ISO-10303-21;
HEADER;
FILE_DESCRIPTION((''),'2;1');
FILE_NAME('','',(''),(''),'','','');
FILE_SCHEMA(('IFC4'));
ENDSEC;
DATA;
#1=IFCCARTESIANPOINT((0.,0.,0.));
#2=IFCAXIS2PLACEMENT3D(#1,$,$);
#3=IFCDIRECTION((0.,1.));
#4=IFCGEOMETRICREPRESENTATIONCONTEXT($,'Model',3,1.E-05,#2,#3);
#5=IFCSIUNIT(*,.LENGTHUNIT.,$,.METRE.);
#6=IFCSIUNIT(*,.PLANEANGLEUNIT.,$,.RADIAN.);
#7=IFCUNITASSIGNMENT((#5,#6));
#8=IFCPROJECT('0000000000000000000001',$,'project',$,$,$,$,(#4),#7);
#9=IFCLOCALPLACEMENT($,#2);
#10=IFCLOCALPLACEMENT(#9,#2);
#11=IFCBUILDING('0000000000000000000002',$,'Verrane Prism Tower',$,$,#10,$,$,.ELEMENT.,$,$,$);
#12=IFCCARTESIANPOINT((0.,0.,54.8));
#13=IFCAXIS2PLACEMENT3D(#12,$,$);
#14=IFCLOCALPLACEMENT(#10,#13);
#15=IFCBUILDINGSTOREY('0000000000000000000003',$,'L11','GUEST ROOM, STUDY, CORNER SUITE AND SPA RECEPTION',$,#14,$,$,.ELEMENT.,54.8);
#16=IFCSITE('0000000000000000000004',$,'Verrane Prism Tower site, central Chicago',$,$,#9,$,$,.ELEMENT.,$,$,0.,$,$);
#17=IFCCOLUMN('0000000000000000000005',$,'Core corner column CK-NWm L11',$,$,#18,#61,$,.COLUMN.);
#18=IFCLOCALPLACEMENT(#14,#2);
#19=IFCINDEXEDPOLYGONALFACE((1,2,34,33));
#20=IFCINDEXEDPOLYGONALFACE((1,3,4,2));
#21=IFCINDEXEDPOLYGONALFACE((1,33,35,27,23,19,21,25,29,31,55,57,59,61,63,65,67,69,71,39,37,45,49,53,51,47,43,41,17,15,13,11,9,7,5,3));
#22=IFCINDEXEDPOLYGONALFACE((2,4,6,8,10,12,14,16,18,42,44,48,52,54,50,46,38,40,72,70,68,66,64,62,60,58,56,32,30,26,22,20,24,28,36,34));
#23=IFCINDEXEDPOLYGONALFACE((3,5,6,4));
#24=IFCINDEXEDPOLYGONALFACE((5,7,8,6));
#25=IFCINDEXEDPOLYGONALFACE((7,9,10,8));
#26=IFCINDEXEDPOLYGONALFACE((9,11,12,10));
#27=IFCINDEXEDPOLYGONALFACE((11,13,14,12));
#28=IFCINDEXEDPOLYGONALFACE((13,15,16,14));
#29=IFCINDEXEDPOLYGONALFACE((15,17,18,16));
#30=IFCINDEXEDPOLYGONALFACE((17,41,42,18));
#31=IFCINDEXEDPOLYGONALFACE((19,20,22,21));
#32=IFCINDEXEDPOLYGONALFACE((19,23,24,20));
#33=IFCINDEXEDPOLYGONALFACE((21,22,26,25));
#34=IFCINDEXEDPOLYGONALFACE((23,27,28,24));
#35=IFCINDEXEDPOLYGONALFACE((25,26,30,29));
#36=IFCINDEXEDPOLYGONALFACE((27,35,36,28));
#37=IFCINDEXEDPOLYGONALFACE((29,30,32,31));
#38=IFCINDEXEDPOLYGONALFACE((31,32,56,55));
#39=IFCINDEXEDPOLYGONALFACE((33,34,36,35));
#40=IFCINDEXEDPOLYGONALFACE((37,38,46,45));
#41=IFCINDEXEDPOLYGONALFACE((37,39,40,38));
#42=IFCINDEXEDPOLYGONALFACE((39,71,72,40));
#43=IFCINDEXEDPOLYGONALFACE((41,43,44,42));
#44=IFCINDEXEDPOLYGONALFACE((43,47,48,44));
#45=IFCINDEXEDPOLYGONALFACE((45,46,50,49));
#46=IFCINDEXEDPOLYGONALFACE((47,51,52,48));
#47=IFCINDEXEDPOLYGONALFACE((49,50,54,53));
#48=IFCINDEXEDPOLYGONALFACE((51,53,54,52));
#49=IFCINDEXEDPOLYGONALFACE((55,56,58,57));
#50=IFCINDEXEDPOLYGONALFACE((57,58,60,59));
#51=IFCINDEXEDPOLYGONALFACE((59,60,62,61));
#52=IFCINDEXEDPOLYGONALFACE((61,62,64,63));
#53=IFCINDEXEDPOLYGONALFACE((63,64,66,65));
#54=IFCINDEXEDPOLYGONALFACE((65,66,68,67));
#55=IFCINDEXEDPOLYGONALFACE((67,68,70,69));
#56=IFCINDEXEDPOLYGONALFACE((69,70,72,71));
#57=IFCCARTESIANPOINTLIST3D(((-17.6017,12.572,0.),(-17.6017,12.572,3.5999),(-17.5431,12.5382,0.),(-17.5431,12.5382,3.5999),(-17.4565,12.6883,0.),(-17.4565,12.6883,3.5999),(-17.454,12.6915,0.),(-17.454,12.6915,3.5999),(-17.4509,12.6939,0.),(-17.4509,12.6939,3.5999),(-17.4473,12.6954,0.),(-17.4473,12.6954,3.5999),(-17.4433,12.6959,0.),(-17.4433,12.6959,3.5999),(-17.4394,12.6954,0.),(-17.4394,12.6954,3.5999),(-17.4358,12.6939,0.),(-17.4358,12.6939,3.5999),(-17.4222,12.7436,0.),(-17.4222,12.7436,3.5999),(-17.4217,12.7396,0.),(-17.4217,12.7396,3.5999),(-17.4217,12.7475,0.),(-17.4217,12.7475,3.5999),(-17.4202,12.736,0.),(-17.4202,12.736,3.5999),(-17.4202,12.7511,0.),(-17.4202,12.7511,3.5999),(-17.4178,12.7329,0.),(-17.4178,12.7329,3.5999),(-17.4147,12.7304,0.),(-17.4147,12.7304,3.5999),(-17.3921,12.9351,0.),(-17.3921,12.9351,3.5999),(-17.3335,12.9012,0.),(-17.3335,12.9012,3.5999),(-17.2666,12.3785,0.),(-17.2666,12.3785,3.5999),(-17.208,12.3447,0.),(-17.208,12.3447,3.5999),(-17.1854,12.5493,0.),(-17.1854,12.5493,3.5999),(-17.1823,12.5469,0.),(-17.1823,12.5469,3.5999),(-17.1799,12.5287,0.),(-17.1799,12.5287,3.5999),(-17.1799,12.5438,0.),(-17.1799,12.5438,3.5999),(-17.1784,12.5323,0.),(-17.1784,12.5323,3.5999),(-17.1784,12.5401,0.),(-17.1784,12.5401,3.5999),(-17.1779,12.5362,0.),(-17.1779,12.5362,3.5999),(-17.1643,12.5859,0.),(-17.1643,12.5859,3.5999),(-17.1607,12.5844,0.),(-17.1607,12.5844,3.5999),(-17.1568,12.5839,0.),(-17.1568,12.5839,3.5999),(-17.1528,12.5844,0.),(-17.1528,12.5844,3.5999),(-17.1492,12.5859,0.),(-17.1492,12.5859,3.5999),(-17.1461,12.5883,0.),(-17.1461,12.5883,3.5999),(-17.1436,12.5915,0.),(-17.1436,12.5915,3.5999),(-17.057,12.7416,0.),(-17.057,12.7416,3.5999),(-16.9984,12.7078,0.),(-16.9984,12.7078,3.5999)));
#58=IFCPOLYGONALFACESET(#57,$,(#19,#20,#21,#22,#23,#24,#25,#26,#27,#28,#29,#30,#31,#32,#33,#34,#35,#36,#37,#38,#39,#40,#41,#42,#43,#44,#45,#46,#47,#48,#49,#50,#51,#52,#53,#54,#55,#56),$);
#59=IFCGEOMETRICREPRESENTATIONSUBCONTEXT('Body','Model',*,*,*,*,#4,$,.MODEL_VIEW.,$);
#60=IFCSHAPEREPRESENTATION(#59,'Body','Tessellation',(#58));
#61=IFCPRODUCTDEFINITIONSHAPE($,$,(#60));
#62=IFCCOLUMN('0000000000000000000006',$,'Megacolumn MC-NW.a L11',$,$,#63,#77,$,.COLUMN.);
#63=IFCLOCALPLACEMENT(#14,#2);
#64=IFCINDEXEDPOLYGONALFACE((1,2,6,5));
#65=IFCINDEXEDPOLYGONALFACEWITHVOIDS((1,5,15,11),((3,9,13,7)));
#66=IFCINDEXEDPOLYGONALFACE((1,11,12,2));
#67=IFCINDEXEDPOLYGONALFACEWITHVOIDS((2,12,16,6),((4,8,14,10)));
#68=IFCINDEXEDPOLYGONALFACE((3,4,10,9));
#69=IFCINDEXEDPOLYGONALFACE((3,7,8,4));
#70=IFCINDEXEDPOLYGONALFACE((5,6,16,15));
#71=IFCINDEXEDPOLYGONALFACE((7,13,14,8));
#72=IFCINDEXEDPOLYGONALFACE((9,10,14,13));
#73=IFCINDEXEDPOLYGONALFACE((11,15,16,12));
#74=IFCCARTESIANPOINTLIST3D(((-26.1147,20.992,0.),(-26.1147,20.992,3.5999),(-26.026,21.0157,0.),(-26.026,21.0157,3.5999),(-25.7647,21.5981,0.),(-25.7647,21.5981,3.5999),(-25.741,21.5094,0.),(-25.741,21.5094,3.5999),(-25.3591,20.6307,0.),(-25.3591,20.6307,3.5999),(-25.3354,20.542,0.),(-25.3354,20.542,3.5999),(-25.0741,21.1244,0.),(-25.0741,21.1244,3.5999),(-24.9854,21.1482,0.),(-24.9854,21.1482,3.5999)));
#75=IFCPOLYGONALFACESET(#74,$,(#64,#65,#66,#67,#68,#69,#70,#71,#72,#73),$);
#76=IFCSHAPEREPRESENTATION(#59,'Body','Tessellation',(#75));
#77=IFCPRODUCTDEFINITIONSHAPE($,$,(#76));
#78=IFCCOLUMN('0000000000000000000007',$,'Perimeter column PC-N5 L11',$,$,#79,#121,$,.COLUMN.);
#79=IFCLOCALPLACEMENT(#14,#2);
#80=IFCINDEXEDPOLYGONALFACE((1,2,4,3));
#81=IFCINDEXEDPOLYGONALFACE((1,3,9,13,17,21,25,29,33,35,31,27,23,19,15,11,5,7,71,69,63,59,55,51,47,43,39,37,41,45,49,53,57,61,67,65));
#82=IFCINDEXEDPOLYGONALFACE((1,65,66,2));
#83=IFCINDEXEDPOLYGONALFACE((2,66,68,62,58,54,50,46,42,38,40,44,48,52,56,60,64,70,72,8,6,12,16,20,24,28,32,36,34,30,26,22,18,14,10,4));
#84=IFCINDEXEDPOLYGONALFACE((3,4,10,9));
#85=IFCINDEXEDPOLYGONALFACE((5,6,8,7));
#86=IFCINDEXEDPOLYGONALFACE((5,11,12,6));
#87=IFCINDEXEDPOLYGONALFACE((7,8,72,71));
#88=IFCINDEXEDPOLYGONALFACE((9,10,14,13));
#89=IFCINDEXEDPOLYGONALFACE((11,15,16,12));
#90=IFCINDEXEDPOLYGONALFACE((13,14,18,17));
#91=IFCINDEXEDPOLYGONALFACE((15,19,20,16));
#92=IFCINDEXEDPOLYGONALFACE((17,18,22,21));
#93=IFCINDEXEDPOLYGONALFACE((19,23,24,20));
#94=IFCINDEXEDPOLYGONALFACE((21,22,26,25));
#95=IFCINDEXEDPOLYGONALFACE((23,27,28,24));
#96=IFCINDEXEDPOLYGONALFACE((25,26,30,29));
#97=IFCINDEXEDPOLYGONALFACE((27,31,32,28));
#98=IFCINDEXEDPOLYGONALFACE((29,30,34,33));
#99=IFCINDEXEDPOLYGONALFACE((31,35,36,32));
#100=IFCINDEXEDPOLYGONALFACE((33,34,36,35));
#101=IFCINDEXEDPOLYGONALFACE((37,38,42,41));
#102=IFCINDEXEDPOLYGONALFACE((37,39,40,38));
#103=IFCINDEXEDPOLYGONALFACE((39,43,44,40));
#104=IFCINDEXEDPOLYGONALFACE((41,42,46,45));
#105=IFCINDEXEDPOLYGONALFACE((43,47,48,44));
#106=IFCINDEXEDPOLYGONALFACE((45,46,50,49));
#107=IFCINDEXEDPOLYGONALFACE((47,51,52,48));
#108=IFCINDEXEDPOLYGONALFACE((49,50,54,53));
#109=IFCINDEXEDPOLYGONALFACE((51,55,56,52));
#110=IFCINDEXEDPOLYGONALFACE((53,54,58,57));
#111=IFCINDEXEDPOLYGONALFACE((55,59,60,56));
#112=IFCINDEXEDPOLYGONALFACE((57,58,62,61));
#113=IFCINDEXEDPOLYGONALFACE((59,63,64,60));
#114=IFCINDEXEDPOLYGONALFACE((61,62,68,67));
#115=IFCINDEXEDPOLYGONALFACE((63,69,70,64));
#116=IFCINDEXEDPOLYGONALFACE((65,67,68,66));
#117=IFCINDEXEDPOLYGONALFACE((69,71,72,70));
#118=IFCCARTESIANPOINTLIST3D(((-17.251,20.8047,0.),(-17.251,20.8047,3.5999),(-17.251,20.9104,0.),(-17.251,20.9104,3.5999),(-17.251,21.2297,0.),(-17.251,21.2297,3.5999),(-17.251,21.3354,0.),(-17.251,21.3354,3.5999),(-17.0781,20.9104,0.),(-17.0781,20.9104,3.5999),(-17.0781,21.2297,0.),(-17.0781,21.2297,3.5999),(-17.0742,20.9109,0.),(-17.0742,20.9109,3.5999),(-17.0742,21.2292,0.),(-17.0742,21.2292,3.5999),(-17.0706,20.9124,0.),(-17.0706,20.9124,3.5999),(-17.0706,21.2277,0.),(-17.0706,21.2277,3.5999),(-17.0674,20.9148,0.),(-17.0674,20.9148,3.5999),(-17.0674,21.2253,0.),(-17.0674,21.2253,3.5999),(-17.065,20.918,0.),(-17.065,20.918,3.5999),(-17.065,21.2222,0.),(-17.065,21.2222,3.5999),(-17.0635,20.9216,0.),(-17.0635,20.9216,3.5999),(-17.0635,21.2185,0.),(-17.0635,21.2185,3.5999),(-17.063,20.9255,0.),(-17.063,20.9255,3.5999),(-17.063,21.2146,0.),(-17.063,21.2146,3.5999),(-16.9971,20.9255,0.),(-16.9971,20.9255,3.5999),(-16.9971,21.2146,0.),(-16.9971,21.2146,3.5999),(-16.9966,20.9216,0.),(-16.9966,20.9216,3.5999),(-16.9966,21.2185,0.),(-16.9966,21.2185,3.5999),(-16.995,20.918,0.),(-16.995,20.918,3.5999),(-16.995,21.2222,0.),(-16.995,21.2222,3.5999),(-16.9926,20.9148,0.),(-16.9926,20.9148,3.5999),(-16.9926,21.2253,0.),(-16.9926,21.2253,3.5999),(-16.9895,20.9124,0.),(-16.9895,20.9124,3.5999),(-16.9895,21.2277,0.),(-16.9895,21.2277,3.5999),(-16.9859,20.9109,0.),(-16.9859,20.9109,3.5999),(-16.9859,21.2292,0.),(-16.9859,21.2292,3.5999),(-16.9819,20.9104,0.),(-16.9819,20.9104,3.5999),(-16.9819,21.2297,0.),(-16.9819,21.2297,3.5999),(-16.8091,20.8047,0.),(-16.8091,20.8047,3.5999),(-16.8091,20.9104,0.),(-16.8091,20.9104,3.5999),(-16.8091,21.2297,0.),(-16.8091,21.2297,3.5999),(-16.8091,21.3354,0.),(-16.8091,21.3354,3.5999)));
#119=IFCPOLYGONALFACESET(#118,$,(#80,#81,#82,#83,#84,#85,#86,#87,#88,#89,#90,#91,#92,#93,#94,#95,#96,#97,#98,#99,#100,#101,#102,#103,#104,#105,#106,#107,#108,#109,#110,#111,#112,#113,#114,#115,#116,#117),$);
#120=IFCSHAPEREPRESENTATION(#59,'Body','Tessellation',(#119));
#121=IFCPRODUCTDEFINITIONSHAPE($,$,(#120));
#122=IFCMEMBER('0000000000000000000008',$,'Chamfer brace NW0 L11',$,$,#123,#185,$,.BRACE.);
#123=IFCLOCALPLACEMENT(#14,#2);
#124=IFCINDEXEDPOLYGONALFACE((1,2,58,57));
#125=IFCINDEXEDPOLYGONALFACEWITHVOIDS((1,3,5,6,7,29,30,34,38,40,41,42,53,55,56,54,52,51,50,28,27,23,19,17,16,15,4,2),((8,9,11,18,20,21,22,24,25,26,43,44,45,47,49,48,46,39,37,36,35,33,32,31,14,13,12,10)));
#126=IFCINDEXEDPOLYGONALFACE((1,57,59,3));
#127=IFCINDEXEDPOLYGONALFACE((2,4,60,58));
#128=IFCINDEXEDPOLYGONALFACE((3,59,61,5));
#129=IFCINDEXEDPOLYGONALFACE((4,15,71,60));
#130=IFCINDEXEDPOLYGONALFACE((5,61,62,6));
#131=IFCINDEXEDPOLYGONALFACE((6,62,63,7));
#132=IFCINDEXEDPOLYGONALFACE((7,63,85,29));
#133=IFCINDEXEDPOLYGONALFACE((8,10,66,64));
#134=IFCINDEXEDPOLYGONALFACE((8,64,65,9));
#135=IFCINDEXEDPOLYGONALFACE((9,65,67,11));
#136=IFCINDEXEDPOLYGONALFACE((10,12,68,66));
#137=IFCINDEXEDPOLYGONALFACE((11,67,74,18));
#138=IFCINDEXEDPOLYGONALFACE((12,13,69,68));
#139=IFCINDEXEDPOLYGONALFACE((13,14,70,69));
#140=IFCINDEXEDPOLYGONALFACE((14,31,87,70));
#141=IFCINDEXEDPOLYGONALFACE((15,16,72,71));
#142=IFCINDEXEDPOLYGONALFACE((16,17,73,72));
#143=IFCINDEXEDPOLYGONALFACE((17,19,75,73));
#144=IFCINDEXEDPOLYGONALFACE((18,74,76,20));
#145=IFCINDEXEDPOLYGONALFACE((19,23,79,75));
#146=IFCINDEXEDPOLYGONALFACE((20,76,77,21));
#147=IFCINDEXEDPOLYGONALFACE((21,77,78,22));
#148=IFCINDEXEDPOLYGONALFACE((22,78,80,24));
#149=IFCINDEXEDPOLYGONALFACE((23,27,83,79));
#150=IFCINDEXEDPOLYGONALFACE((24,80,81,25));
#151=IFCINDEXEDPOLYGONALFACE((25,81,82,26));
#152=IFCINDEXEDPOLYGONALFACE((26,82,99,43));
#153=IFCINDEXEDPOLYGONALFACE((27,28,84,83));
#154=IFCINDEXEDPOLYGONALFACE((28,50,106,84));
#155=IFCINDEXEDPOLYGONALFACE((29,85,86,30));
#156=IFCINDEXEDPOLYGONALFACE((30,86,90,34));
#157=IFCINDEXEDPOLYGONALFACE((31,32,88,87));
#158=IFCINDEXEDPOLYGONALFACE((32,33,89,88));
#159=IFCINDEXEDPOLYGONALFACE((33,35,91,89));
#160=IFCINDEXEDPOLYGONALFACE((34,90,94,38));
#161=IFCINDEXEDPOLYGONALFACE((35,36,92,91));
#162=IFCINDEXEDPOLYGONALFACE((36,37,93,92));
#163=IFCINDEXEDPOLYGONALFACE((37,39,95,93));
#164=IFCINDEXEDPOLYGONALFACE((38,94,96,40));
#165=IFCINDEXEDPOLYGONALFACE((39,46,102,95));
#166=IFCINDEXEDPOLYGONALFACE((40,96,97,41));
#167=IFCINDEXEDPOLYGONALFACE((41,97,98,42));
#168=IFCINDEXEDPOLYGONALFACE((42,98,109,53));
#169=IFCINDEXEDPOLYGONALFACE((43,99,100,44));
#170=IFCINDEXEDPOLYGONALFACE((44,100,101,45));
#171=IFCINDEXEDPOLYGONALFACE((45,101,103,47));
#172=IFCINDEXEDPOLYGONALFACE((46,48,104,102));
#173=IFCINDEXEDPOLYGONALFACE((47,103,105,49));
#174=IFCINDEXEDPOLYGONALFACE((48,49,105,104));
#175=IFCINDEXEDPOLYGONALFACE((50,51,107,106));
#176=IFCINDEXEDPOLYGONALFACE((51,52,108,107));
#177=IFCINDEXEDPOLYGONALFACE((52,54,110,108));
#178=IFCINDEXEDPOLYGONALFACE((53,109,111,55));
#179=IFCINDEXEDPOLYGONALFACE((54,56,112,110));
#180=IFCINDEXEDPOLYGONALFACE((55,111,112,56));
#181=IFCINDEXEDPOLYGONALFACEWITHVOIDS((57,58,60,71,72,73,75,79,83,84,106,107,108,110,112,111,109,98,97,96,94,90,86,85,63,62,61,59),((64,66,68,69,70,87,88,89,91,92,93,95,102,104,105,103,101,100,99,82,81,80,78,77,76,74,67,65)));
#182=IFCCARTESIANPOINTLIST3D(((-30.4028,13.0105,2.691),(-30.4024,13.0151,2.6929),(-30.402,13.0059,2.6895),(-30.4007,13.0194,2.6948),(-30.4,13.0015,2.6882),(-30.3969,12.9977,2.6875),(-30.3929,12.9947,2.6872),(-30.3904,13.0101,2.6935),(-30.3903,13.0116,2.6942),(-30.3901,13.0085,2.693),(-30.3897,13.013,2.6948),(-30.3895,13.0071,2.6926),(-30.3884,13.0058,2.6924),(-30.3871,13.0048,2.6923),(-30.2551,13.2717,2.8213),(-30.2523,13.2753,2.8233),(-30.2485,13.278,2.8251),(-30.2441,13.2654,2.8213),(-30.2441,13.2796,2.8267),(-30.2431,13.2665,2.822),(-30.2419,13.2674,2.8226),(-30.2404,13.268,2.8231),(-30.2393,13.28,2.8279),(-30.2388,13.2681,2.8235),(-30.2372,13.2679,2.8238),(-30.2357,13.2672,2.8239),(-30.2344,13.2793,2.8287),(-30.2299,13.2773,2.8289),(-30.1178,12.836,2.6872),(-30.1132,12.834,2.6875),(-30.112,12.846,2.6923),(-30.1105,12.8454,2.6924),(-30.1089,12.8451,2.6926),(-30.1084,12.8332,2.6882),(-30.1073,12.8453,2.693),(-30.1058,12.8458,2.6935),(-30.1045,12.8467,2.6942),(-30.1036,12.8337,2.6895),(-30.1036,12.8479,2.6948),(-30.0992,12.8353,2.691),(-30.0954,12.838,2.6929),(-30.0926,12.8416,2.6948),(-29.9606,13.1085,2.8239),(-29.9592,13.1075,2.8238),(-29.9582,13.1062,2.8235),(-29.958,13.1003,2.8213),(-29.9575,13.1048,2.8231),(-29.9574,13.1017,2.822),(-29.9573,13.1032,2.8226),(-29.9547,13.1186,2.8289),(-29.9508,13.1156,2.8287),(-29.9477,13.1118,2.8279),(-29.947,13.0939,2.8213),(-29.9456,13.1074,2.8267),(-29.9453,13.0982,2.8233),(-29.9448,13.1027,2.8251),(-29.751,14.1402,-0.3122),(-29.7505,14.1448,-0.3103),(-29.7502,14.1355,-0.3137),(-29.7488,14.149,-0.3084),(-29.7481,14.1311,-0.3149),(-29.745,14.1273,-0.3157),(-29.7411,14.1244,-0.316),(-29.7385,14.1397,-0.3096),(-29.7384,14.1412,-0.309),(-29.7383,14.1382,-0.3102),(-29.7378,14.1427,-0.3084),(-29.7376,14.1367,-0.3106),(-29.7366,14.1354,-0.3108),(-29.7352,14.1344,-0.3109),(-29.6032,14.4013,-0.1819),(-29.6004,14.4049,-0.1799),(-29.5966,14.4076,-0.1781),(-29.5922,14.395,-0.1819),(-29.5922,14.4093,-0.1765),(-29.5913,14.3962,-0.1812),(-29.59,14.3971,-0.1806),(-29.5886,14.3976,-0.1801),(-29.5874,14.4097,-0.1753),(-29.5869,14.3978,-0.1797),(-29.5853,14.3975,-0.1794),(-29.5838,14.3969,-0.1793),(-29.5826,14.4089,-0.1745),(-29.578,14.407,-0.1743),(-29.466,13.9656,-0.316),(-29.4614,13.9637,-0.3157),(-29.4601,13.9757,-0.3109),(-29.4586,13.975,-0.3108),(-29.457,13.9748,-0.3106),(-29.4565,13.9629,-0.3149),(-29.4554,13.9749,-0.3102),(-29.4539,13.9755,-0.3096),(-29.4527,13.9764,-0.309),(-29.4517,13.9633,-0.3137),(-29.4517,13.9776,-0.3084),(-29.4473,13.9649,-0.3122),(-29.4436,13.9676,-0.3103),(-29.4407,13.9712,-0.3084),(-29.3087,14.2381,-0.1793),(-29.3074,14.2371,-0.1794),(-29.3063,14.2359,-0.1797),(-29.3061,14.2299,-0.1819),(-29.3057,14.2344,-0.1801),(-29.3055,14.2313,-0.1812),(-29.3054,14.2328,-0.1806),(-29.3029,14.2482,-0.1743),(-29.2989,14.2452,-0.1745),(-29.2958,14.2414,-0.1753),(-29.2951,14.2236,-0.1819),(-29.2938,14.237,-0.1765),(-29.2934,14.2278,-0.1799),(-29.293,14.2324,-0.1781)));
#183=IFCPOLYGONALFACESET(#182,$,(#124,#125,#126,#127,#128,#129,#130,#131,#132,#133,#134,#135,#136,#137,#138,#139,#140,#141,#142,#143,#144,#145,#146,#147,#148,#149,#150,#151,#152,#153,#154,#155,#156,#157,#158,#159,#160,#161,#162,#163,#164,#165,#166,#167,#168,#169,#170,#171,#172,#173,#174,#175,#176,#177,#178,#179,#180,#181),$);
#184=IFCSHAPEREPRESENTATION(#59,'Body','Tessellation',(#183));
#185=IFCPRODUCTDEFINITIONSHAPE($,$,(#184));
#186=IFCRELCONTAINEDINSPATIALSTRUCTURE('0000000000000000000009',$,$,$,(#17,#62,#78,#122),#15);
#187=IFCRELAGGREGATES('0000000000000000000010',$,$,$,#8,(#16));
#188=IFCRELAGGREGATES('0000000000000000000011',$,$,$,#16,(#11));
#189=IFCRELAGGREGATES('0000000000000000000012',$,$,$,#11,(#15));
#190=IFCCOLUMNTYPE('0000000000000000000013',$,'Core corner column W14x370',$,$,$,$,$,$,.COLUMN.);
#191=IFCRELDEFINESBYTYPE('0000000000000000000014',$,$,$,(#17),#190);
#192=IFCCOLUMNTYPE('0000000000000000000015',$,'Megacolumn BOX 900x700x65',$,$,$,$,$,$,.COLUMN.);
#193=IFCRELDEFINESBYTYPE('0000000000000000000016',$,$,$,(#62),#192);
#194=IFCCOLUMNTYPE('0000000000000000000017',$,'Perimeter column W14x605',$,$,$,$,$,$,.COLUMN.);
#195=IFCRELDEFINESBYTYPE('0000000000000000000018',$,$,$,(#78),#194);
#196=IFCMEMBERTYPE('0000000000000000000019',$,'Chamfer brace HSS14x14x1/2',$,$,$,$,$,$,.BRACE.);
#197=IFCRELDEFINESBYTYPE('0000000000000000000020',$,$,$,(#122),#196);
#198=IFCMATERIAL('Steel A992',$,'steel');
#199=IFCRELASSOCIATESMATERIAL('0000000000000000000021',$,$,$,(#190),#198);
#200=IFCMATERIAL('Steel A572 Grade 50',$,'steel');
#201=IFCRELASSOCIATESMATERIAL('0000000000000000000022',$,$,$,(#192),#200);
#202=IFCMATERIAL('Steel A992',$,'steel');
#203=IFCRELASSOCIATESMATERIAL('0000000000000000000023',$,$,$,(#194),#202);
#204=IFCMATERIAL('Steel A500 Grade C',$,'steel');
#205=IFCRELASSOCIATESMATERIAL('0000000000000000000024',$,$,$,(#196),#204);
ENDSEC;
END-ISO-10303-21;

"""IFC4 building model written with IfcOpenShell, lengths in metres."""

from ifc_helpers import new_model, si_unit, direction, frame, origin, origin_2d, place, context, subcontext, project, spatial, hollow_rectangle, i_section, extrude, material, material_profile, profile_set, type_object, element, save


model = new_model("IFC4")

# Units and contexts
model_context = context("Model", 3, precision=1e-05, world=origin(), true_north=direction((0.0, 1.0)))
body_context = subcontext(model_context, "Body", "Model", "MODEL_VIEW")
ifc_project = project(units=[si_unit("LENGTHUNIT", "METRE"), si_unit("PLANEANGLEUNIT", "RADIAN")], contexts=[model_context])

# Site, building, storey
site_placement = place(None, origin())
site = spatial("IfcSite", under=ifc_project, at=site_placement, Name="Verrane Prism Tower site, central Chicago", CompositionType="ELEMENT", RefElevation=0.0)
building_placement = place(site_placement, origin())
building = spatial("IfcBuilding", under=site, at=building_placement, Name="Verrane Prism Tower", CompositionType="ELEMENT")
storey_placement = place(building_placement, frame((0.0, 0.0, 54.8)))
storey = spatial("IfcBuildingStorey", under=building, at=storey_placement, Name="L11", Description="GUEST ROOM, STUDY, CORNER SUITE AND SPA RECEPTION", CompositionType="ELEMENT", Elevation=54.8)

# Columns
ifc_material_1 = material(Name="Steel A992", Category="steel")
ifc_material_profile_1 = material_profile(ifc_material_1, i_section(OverallWidth=0.4192, OverallDepth=0.4546, WebThickness=0.0422, FlangeThickness=0.0676, FilletRadius=0.0151, at=origin_2d()), Name="W14x370")
ifc_profile_set_1 = profile_set([ifc_material_profile_1], Name="Steel A992")
column_type_1 = type_object("IfcColumnType", Name="Core corner column W14x370", PredefinedType="COLUMN", material=ifc_profile_set_1)
column_1_placement = place(storey_placement, frame((-17.3, 12.6399, 0.0), z_axis=(0.0, 0.0, 1.0), x_axis=(0.5, 0.866025, 0.0)))
element("IfcColumn", 1, at=column_1_placement, inside=storey, type_object=column_type_1, Name="Core corner column CK-NWm L11", PredefinedType="COLUMN", context=body_context, shape_type="SweptSolid", body=[
    extrude(i_section(OverallWidth=0.4192, OverallDepth=0.4546, WebThickness=0.0422, FlangeThickness=0.0676, FilletRadius=0.0151, at=origin_2d()), origin(), (0.0, 0.0, 1.0), 3.5999),
])
ifc_material_2 = material(Name="Steel A572 Grade 50", Category="steel")
ifc_material_profile_2 = material_profile(ifc_material_2, hollow_rectangle(XDim=0.7, YDim=0.8999, WallThickness=0.0649, at=origin_2d()), Name="BOX 900x700x65")
ifc_profile_set_2 = profile_set([ifc_material_profile_2], Name="Steel A572 Grade 50")
column_type_2 = type_object("IfcColumnType", Name="Megacolumn BOX 900x700x65", PredefinedType="COLUMN", material=ifc_profile_set_2)
column_2_placement = place(storey_placement, frame((-25.55, 21.0701, 0.0), z_axis=(0.0, 0.0, 1.0), x_axis=(0.5, 0.866025, 0.0)))
element("IfcColumn", 2, at=column_2_placement, inside=storey, type_object=column_type_2, Name="Megacolumn MC-NW.a L11", PredefinedType="COLUMN", context=body_context, shape_type="SweptSolid", body=[
    extrude(hollow_rectangle(XDim=0.7, YDim=0.8999, WallThickness=0.0649, at=origin_2d()), origin(), (0.0, 0.0, 1.0), 3.5999),
])
ifc_material_3 = material(Name="Steel A992", Category="steel")
ifc_material_profile_3 = material_profile(ifc_material_3, i_section(OverallWidth=0.4419, OverallDepth=0.5308, WebThickness=0.0659, FlangeThickness=0.1057, FilletRadius=0.0151, at=origin_2d()), Name="W14x605")
ifc_profile_set_3 = profile_set([ifc_material_profile_3], Name="Steel A992")
column_type_3 = type_object("IfcColumnType", Name="Perimeter column W14x605", PredefinedType="COLUMN", material=ifc_profile_set_3)
column_3_placement = place(storey_placement, frame((-17.03, 21.0701, 0.0), z_axis=(0.0, 0.0, 1.0), x_axis=(1.0, 0.0, 0.0)))
element("IfcColumn", 3, at=column_3_placement, inside=storey, type_object=column_type_3, Name="Perimeter column PC-N5 L11", PredefinedType="COLUMN", context=body_context, shape_type="SweptSolid", body=[
    extrude(i_section(OverallWidth=0.4419, OverallDepth=0.5308, WebThickness=0.0659, FlangeThickness=0.1057, FilletRadius=0.0151, at=origin_2d()), origin(), (0.0, 0.0, 1.0), 3.5999),
])

# Member
ifc_material_4 = material(Name="Steel A500 Grade C", Category="steel")
ifc_material_profile_4 = material_profile(ifc_material_4, hollow_rectangle(XDim=0.3557, YDim=0.3557, WallThickness=0.0127, InnerFilletRadius=0.0063, OuterFilletRadius=0.019, at=origin_2d()), Name="HSS14x14x1/2")
ifc_profile_set_4 = profile_set([ifc_material_profile_4], Name="Steel A500 Grade C")
member_type_1 = type_object("IfcMemberType", Name="Chamfer brace HSS14x14x1/2", PredefinedType="BRACE", material=ifc_profile_set_4)
member_1_placement = place(storey_placement, frame((-29.522, 14.1863, -0.2451), z_axis=(-0.199092, -0.345017, 0.917238), x_axis=(0.866139, -0.499803, 0.0)))
element("IfcMember", 4, at=member_1_placement, inside=storey, type_object=member_type_1, Name="Chamfer brace NW0 L11", PredefinedType="BRACE", context=body_context, shape_type="SweptSolid", body=[
    extrude(hollow_rectangle(XDim=0.3557, YDim=0.3557, WallThickness=0.0127, InnerFilletRadius=0.0063, OuterFilletRadius=0.019, at=origin_2d()), origin(), (0.0, 0.0, 1.0), 3.2742),
])

save(model, "model.ifc")
